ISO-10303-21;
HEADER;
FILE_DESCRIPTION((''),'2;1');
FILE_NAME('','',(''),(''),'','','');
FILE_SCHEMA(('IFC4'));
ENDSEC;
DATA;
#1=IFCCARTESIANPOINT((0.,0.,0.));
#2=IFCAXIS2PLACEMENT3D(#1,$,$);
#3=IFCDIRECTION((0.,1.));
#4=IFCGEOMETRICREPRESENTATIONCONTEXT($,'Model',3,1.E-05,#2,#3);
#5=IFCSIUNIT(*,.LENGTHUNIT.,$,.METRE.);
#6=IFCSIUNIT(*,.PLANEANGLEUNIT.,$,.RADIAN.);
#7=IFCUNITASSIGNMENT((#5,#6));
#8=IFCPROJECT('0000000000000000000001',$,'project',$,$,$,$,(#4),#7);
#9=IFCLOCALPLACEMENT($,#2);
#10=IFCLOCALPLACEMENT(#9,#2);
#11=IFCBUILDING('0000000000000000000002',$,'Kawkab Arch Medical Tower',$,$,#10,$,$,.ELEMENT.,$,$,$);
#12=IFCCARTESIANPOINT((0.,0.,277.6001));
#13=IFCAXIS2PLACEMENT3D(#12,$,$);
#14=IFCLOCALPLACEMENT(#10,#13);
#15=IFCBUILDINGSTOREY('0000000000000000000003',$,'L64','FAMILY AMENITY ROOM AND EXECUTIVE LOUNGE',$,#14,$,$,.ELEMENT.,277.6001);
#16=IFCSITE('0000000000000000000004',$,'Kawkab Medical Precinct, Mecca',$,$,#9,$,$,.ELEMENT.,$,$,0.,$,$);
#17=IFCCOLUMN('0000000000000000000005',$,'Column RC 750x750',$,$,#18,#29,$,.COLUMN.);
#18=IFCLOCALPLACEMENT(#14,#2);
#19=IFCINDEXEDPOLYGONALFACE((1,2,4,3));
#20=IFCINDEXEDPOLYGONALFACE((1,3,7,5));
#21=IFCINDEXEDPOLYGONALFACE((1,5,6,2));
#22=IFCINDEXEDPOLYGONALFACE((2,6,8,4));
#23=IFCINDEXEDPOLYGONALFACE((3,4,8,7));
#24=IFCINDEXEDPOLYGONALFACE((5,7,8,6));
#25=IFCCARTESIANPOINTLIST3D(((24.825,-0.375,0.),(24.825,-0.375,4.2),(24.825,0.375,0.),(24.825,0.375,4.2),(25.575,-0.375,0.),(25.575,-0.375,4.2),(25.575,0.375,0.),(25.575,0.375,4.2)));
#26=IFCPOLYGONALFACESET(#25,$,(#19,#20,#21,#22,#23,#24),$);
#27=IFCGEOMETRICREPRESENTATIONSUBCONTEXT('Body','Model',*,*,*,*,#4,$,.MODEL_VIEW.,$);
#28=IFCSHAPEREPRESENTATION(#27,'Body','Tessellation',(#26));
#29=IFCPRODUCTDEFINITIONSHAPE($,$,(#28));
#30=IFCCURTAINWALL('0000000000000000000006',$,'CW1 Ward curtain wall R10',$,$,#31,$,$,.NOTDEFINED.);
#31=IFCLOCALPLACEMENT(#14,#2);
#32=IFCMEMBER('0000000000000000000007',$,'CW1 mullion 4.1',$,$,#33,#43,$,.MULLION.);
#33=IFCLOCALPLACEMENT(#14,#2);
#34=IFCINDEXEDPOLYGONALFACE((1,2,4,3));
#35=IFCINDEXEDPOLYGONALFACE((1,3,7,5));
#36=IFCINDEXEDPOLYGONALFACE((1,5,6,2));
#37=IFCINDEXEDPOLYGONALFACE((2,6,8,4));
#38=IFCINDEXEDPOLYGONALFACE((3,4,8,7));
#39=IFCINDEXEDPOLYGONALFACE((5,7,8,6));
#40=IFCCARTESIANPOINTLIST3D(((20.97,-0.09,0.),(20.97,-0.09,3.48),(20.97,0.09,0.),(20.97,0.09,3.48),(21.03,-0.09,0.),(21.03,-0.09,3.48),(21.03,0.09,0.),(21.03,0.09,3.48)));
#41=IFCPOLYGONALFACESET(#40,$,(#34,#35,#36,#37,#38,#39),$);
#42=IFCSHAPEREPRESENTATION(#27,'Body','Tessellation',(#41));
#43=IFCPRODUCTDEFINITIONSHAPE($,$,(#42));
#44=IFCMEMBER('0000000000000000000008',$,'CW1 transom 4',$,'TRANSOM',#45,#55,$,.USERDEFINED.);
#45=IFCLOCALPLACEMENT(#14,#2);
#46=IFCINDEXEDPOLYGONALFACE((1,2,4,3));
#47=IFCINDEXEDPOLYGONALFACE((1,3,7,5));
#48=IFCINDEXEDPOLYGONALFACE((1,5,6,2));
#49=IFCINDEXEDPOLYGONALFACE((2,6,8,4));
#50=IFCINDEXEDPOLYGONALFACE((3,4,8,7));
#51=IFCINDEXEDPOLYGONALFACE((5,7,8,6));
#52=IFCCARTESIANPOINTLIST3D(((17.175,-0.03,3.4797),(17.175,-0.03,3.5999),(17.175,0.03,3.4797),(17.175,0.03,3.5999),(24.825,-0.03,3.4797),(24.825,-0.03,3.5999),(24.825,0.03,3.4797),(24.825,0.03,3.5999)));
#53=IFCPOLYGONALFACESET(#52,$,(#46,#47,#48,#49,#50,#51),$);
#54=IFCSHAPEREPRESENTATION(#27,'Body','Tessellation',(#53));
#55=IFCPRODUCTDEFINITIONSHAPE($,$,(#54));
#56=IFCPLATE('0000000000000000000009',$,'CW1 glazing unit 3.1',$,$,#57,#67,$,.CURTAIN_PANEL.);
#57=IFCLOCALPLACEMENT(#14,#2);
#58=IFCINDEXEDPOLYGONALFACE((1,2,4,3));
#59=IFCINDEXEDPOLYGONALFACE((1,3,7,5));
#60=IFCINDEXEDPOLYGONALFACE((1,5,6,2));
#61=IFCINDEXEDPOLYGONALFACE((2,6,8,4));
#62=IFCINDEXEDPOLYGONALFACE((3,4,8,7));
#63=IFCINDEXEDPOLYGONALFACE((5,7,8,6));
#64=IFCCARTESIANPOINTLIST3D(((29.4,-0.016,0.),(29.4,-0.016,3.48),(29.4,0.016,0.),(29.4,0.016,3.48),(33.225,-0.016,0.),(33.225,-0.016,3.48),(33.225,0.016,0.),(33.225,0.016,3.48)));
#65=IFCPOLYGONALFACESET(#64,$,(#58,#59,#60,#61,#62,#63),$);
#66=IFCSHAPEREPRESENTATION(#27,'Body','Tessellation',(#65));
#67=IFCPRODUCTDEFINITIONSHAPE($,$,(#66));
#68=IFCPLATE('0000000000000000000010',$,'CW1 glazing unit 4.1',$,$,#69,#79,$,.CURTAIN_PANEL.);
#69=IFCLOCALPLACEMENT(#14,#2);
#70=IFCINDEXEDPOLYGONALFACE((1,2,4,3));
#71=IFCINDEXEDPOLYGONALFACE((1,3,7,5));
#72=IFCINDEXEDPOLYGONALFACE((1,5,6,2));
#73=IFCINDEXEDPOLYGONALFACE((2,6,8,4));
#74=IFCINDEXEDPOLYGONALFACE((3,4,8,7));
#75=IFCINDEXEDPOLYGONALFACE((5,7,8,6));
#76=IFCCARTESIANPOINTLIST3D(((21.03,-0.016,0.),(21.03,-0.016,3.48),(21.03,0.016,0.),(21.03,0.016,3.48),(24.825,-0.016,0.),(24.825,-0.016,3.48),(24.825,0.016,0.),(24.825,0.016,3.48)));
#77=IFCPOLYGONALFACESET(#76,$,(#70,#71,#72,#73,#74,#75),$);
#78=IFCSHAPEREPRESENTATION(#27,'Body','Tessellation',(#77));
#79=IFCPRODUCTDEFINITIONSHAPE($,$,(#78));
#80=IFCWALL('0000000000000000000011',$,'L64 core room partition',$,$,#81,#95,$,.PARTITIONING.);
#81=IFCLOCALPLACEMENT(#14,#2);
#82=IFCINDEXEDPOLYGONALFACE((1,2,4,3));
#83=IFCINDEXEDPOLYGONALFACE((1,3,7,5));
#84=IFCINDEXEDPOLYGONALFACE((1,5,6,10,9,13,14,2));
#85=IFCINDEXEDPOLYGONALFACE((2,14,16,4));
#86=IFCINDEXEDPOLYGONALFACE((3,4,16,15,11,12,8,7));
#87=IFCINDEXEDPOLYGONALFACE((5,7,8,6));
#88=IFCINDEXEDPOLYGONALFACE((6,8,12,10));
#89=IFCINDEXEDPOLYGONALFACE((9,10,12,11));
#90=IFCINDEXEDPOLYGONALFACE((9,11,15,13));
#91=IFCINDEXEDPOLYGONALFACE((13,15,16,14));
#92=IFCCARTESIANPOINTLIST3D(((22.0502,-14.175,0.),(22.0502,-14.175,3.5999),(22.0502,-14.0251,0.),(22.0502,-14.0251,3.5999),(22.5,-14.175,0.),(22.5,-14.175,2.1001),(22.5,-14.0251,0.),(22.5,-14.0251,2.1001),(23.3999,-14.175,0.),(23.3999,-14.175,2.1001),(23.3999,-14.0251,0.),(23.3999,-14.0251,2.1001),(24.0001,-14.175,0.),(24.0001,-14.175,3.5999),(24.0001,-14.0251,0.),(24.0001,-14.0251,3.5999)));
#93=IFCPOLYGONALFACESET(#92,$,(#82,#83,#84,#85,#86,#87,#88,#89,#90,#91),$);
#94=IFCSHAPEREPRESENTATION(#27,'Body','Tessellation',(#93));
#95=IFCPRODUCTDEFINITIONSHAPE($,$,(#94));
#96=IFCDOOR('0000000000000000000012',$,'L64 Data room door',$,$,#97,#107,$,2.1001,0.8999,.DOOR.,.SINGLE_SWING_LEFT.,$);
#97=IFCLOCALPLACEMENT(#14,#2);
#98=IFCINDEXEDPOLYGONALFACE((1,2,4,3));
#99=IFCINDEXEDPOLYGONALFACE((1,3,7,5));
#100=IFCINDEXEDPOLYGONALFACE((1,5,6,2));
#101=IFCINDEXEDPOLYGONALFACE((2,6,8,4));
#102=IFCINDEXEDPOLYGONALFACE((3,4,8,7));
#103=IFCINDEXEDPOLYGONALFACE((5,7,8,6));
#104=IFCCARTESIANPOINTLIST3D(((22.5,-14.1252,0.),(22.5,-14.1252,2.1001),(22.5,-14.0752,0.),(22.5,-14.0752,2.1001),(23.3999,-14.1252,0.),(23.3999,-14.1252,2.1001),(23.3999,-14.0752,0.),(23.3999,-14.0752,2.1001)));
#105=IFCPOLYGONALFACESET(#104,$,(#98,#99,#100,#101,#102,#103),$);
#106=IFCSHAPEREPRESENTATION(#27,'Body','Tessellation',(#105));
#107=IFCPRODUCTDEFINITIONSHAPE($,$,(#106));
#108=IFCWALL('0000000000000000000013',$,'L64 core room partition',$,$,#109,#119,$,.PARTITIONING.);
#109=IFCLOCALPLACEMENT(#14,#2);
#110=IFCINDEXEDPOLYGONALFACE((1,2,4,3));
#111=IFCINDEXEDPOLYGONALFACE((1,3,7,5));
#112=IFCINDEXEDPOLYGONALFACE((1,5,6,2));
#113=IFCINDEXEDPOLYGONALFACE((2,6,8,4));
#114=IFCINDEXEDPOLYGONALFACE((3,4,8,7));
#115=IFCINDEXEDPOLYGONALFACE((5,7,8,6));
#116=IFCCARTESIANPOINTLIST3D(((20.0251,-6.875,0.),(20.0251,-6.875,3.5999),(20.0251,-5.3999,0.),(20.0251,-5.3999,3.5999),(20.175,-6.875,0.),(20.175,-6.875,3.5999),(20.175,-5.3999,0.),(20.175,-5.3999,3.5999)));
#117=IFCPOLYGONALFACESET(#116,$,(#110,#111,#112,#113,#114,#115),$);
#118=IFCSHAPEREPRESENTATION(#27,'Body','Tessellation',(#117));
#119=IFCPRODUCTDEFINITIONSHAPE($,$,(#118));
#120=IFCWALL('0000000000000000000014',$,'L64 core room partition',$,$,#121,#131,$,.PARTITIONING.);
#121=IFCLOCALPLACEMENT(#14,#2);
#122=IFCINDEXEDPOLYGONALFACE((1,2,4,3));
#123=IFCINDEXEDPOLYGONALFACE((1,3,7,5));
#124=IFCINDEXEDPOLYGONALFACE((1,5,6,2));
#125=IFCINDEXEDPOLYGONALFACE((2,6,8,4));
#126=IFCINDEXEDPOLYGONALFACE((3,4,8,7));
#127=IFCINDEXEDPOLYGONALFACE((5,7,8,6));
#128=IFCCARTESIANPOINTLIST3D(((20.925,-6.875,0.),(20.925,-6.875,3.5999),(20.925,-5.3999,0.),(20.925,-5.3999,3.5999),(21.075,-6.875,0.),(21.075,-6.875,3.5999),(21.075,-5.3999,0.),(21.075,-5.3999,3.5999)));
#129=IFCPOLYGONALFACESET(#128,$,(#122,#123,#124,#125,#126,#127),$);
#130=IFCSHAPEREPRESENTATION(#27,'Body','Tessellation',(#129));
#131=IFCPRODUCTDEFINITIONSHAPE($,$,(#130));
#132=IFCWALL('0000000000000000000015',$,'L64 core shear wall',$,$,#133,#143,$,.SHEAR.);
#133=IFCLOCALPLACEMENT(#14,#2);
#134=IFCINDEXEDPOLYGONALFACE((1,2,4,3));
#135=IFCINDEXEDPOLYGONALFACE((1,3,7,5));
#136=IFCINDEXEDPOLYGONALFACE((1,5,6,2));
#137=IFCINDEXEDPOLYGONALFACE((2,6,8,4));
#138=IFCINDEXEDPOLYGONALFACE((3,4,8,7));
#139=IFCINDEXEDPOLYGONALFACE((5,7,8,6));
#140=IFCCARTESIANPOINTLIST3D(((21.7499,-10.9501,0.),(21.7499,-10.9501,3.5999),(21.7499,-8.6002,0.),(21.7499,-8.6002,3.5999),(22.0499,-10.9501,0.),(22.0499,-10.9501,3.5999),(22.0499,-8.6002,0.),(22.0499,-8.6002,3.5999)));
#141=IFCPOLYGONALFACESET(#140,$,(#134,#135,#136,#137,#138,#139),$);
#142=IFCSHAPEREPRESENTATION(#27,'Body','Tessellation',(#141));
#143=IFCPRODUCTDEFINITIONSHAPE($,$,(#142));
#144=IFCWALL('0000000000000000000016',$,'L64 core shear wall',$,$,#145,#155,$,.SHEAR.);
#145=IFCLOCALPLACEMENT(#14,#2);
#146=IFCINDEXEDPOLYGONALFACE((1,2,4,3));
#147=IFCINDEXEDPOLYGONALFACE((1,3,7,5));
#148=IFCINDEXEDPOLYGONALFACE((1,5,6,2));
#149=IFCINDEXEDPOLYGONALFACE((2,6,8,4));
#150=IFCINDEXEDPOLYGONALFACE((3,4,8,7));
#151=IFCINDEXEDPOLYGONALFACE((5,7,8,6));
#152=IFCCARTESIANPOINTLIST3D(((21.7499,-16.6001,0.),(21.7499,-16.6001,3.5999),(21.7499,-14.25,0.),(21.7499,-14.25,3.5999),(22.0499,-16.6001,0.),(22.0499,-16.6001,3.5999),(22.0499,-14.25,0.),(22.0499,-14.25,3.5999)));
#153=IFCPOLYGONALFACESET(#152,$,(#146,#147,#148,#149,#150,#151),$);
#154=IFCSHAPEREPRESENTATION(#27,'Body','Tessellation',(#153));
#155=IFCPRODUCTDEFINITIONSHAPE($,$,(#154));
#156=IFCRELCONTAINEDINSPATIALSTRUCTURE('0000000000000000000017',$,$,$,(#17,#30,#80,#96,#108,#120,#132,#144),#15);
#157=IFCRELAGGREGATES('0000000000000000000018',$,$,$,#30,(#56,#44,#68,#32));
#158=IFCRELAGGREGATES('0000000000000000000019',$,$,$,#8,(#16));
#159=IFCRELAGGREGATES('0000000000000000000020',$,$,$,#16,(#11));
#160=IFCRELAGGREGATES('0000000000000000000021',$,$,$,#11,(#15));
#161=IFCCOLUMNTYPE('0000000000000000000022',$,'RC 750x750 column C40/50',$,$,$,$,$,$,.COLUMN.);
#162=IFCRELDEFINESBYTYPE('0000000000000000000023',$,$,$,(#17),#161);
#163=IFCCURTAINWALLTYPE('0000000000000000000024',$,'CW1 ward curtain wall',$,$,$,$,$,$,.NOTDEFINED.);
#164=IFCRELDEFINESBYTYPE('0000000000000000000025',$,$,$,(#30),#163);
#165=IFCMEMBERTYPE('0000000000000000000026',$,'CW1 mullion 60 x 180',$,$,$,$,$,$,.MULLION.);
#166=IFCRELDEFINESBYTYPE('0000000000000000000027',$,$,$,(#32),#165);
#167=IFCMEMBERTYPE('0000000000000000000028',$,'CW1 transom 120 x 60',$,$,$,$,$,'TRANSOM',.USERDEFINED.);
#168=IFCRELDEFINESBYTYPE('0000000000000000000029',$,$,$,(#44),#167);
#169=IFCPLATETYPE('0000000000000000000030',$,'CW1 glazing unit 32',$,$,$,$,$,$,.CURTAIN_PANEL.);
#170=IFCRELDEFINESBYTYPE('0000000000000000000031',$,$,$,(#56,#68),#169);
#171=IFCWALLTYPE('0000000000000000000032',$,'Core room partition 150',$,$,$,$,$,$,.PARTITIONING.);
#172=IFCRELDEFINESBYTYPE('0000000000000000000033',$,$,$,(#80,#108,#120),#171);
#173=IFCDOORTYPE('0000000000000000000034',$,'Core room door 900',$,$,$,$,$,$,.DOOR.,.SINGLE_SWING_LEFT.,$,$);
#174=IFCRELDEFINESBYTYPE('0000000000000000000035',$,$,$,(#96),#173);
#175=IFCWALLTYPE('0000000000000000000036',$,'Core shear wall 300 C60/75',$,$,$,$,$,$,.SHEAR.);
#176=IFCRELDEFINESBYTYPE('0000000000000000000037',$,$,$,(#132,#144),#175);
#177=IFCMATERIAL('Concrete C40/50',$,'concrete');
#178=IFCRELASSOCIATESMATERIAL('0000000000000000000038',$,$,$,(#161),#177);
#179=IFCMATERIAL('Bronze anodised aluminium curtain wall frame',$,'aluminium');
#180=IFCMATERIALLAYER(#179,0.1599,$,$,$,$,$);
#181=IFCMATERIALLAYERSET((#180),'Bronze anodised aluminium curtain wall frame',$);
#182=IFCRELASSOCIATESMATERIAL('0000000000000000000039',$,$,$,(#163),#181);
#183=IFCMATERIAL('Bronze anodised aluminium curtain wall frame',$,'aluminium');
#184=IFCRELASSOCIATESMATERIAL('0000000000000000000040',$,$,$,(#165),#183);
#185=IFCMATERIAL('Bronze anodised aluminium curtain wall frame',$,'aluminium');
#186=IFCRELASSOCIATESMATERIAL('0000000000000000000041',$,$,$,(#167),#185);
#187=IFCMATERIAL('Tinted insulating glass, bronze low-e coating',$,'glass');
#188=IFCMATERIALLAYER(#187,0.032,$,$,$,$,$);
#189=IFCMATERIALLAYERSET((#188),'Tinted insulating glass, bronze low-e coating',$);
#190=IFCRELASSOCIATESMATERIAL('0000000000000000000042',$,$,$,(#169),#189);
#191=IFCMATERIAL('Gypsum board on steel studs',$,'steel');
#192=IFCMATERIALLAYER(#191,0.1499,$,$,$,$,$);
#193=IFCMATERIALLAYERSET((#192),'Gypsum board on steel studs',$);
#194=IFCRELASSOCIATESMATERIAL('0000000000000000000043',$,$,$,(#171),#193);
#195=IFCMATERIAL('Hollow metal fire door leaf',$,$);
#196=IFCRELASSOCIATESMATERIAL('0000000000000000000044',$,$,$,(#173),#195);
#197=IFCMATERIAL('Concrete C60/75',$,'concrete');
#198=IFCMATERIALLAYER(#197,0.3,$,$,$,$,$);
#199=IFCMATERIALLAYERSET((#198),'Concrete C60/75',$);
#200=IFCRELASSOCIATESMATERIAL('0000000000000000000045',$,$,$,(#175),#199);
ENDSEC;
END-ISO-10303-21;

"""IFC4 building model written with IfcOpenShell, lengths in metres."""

from ifc_helpers import new_model, si_unit, direction, frame, frame_2d, origin, origin_2d, place, context, subcontext, project, spatial, rectangle, extrude, material, layer, layer_set, material_profile, profile_set, type_object, element, fill, aggregate, save


model = new_model("IFC4")

# Units and contexts
model_context = context("Model", 3, precision=1e-05, world=origin(), true_north=direction((0.0, 1.0)))
body_context = subcontext(model_context, "Body", "Model", "MODEL_VIEW")
ifc_project = project(units=[si_unit("LENGTHUNIT", "METRE"), si_unit("PLANEANGLEUNIT", "RADIAN")], contexts=[model_context])

# Site, building, storey
site_placement = place(None, origin())
site = spatial("IfcSite", under=ifc_project, at=site_placement, Name="Kawkab Medical Precinct, Mecca", CompositionType="ELEMENT", RefElevation=0.0)
building_placement = place(site_placement, origin())
building = spatial("IfcBuilding", under=site, at=building_placement, Name="Kawkab Arch Medical Tower", CompositionType="ELEMENT")
storey_placement = place(building_placement, frame((0.0, 0.0, 277.6001)))
storey = spatial("IfcBuildingStorey", under=building, at=storey_placement, Name="L64", Description="FAMILY AMENITY ROOM AND EXECUTIVE LOUNGE", CompositionType="ELEMENT", Elevation=277.6001)

# Column
ifc_material_1 = material(Name="Concrete C40/50", Category="concrete")
ifc_material_profile_1 = material_profile(ifc_material_1, rectangle(XDim=0.75, YDim=0.75, at=origin_2d()), Name="RC 750x750")
ifc_profile_set_1 = profile_set([ifc_material_profile_1], Name="Concrete C40/50")
column_type = type_object("IfcColumnType", Name="RC 750x750 column C40/50", PredefinedType="COLUMN", material=ifc_profile_set_1)
column_placement = place(storey_placement, frame((25.2, 0.0, 0.0), z_axis=(0.0, 0.0, 1.0), x_axis=(1.0, 0.0, 0.0)))
element("IfcColumn", 1, at=column_placement, inside=storey, type_object=column_type, Name="Column RC 750x750", PredefinedType="COLUMN", context=body_context, shape_type="SweptSolid", body=[
    extrude(rectangle(XDim=0.75, YDim=0.75, at=origin_2d()), origin(), (0.0, 0.0, 1.0), 4.2),
])

# Curtain wall, members, plates
ifc_material_2 = material(Name="Bronze anodised aluminium curtain wall frame", Category="aluminium")
ifc_layer_1 = layer(ifc_material_2, 0.1599)
ifc_layer_set_1 = layer_set([ifc_layer_1], Name="Bronze anodised aluminium curtain wall frame")
curtain_wall_type = type_object("IfcCurtainWallType", Name="CW1 ward curtain wall", PredefinedType="NOTDEFINED", material=ifc_layer_set_1)
placement = place(storey_placement, origin())
curtain_wall = element("IfcCurtainWall", 2, at=placement, inside=storey, type_object=curtain_wall_type, Name="CW1 Ward curtain wall R10", PredefinedType="NOTDEFINED")
ifc_material_3 = material(Name="Bronze anodised aluminium curtain wall frame", Category="aluminium")
ifc_material_profile_2 = material_profile(ifc_material_3, rectangle(XDim=0.1799, YDim=0.0601, at=origin_2d()), Name="AL 60x180")
ifc_profile_set_2 = profile_set([ifc_material_profile_2], Name="Bronze anodised aluminium curtain wall frame")
member_type_1 = type_object("IfcMemberType", Name="CW1 mullion 60 x 180", PredefinedType="MULLION", material=ifc_profile_set_2)
member_1_placement = place(storey_placement, frame((21.0, 0.0, 0.0), z_axis=(0.0, 0.0, 1.0), x_axis=(0.0, -1.0, 0.0)))
member_1 = element("IfcMember", 3, at=member_1_placement, type_object=member_type_1, Name="CW1 mullion 4.1", PredefinedType="MULLION", context=body_context, shape_type="SweptSolid", body=[
    extrude(rectangle(XDim=0.1799, YDim=0.0601, at=origin_2d()), origin(), (0.0, 0.0, 1.0), 3.48),
])
ifc_material_4 = material(Name="Bronze anodised aluminium curtain wall frame", Category="aluminium")
ifc_material_profile_3 = material_profile(ifc_material_4, rectangle(XDim=0.0601, YDim=0.1201, at=origin_2d()), Name="AL 60x120")
ifc_profile_set_3 = profile_set([ifc_material_profile_3], Name="Bronze anodised aluminium curtain wall frame")
member_type_2 = type_object("IfcMemberType", Name="CW1 transom 120 x 60", ElementType="TRANSOM", PredefinedType="USERDEFINED", material=ifc_profile_set_3)
member_2_placement = place(storey_placement, frame((24.825, 0.0, 3.5398), z_axis=(-1.0, 0.0, 0.0), x_axis=(0.0, -1.0, 0.0)))
member_2 = element("IfcMember", 4, at=member_2_placement, type_object=member_type_2, Name="CW1 transom 4", ObjectType="TRANSOM", PredefinedType="USERDEFINED", context=body_context, shape_type="SweptSolid", body=[
    extrude(rectangle(XDim=0.0601, YDim=0.1201, at=origin_2d()), origin(), (0.0, 0.0, 1.0), 7.6499),
])
ifc_material_5 = material(Name="Tinted insulating glass, bronze low-e coating", Category="glass")
ifc_layer_2 = layer(ifc_material_5, 0.032)
ifc_layer_set_2 = layer_set([ifc_layer_2], Name="Tinted insulating glass, bronze low-e coating")
plate_type = type_object("IfcPlateType", Name="CW1 glazing unit 32", PredefinedType="CURTAIN_PANEL", material=ifc_layer_set_2)
plate_1_placement = place(storey_placement, frame((31.3125, 0.0, 0.0), z_axis=(0.0, 0.0, 1.0), x_axis=(-1.0, 0.0, 0.0)))
plate_1 = element("IfcPlate", 5, at=plate_1_placement, type_object=plate_type, Name="CW1 glazing unit 3.1", PredefinedType="CURTAIN_PANEL", context=body_context, shape_type="SweptSolid", body=[
    extrude(rectangle(XDim=3.825, YDim=0.032, at=origin_2d()), origin(), (0.0, 0.0, 1.0), 3.48),
])
plate_2_placement = place(storey_placement, frame((22.9275, 0.0, 0.0), z_axis=(0.0, 0.0, 1.0), x_axis=(-1.0, 0.0, 0.0)))
plate_2 = element("IfcPlate", 6, at=plate_2_placement, type_object=plate_type, Name="CW1 glazing unit 4.1", PredefinedType="CURTAIN_PANEL", context=body_context, shape_type="SweptSolid", body=[
    extrude(rectangle(XDim=3.7949, YDim=0.032, at=origin_2d()), origin(), (0.0, 0.0, 1.0), 3.48),
])
aggregate(curtain_wall, [plate_1, member_2, plate_2, member_1])

# Wall, opening, door
ifc_material_6 = material(Name="Gypsum board on steel studs", Category="steel")
ifc_layer_3 = layer(ifc_material_6, 0.1499)
ifc_layer_set_3 = layer_set([ifc_layer_3], Name="Gypsum board on steel studs")
wall_type_1 = type_object("IfcWallType", Name="Core room partition 150", PredefinedType="PARTITIONING", material=ifc_layer_set_3)
wall_1_placement = place(storey_placement, frame((22.05, -14.1001, 0.0), z_axis=(0.0, 0.0, 1.0), x_axis=(1.0, 0.0, 0.0)))
wall_1 = element("IfcWall", 7, at=wall_1_placement, inside=storey, type_object=wall_type_1, Name="L64 core room partition", PredefinedType="PARTITIONING", context=body_context, shape_type="SweptSolid", body=[
    extrude(rectangle(XDim=1.95, YDim=0.1499, at=frame_2d((0.9751, 0.0))), origin(), (0.0, 0.0, 1.0), 3.5999),
])
opening_1_placement = place(wall_1_placement, frame((0.45, 0.0, 0.0)))
opening_1 = element("IfcOpeningElement", 8, at=opening_1_placement, cuts=wall_1, PredefinedType="OPENING", context=body_context, shape_type="SweptSolid", body=[
    extrude(rectangle(XDim=0.8999, YDim=2.1001, at=frame_2d((0.45, 1.05))), frame((0.0, 0.085, 0.0), z_axis=(0.0, -1.0, 0.0), x_axis=(1.0, 0.0, 0.0)), (0.0, 0.0, 1.0), 0.1699),
])
ifc_material_7 = material(Name="Hollow metal fire door leaf")
door_type_1 = type_object("IfcDoorType", Name="Core room door 900", OperationType="SINGLE_SWING_LEFT", PredefinedType="DOOR", material=ifc_material_7)
door_1_placement = place(opening_1_placement, origin())
door_1 = element("IfcDoor", 9, at=door_1_placement, inside=storey, type_object=door_type_1, Name="L64 Data room door", OperationType="SINGLE_SWING_LEFT", OverallHeight=2.1001, OverallWidth=0.8999, PredefinedType="DOOR", context=body_context, shape_type="SweptSolid", body=[
    extrude(rectangle(XDim=0.8999, YDim=2.1001, at=frame_2d((0.45, 1.05))), frame((0.0, 0.0249, 0.0), z_axis=(0.0, -1.0, 0.0), x_axis=(1.0, 0.0, 0.0)), (0.0, 0.0, 1.0), 0.05),
])
fill(opening_1, door_1)

# Walls
for number, where, z_axis, x_axis, name in (
    (10, (20.1001, -6.875, 0.0), (0.0, 0.0, 1.0), (0.0, 1.0, 0.0), "L64 core room partition"),
    (11, (21.0, -6.875, 0.0), (0.0, 0.0, 1.0), (0.0, 1.0, 0.0), "L64 core room partition"),
):
    element("IfcWall", number, at=place(storey_placement, frame(where, z_axis=z_axis, x_axis=x_axis)), inside=storey, type_object=wall_type_1, Name=name, PredefinedType="PARTITIONING", context=body_context, shape_type="SweptSolid", body=[
        extrude(rectangle(XDim=1.4751, YDim=0.1499, at=frame_2d((0.7375, 0.0))), origin(), (0.0, 0.0, 1.0), 3.5999),
    ])
ifc_material_8 = material(Name="Concrete C60/75", Category="concrete")
ifc_layer_4 = layer(ifc_material_8, 0.3)
ifc_layer_set_4 = layer_set([ifc_layer_4], Name="Concrete C60/75")
wall_type_2 = type_object("IfcWallType", Name="Core shear wall 300 C60/75", PredefinedType="SHEAR", material=ifc_layer_set_4)
wall_2_placement = place(storey_placement, frame((21.8999, -10.95, 0.0), z_axis=(0.0, 0.0, 1.0), x_axis=(0.0, 1.0, 0.0)))
element("IfcWall", 12, at=wall_2_placement, inside=storey, type_object=wall_type_2, Name="L64 core shear wall", PredefinedType="SHEAR", context=body_context, shape_type="SweptSolid", body=[
    extrude(rectangle(XDim=2.3499, YDim=0.3, at=frame_2d((1.1748, 0.0))), origin(), (0.0, 0.0, 1.0), 3.5999),
])
wall_3_placement = place(storey_placement, frame((21.8999, -16.6001, 0.0), z_axis=(0.0, 0.0, 1.0), x_axis=(0.0, 1.0, 0.0)))
element("IfcWall", 13, at=wall_3_placement, inside=storey, type_object=wall_type_2, Name="L64 core shear wall", PredefinedType="SHEAR", context=body_context, shape_type="SweptSolid", body=[
    extrude(rectangle(XDim=2.3501, YDim=0.3, at=frame_2d((1.175, 0.0))), origin(), (0.0, 0.0, 1.0), 3.5999),
])

save(model, "model.ifc")
